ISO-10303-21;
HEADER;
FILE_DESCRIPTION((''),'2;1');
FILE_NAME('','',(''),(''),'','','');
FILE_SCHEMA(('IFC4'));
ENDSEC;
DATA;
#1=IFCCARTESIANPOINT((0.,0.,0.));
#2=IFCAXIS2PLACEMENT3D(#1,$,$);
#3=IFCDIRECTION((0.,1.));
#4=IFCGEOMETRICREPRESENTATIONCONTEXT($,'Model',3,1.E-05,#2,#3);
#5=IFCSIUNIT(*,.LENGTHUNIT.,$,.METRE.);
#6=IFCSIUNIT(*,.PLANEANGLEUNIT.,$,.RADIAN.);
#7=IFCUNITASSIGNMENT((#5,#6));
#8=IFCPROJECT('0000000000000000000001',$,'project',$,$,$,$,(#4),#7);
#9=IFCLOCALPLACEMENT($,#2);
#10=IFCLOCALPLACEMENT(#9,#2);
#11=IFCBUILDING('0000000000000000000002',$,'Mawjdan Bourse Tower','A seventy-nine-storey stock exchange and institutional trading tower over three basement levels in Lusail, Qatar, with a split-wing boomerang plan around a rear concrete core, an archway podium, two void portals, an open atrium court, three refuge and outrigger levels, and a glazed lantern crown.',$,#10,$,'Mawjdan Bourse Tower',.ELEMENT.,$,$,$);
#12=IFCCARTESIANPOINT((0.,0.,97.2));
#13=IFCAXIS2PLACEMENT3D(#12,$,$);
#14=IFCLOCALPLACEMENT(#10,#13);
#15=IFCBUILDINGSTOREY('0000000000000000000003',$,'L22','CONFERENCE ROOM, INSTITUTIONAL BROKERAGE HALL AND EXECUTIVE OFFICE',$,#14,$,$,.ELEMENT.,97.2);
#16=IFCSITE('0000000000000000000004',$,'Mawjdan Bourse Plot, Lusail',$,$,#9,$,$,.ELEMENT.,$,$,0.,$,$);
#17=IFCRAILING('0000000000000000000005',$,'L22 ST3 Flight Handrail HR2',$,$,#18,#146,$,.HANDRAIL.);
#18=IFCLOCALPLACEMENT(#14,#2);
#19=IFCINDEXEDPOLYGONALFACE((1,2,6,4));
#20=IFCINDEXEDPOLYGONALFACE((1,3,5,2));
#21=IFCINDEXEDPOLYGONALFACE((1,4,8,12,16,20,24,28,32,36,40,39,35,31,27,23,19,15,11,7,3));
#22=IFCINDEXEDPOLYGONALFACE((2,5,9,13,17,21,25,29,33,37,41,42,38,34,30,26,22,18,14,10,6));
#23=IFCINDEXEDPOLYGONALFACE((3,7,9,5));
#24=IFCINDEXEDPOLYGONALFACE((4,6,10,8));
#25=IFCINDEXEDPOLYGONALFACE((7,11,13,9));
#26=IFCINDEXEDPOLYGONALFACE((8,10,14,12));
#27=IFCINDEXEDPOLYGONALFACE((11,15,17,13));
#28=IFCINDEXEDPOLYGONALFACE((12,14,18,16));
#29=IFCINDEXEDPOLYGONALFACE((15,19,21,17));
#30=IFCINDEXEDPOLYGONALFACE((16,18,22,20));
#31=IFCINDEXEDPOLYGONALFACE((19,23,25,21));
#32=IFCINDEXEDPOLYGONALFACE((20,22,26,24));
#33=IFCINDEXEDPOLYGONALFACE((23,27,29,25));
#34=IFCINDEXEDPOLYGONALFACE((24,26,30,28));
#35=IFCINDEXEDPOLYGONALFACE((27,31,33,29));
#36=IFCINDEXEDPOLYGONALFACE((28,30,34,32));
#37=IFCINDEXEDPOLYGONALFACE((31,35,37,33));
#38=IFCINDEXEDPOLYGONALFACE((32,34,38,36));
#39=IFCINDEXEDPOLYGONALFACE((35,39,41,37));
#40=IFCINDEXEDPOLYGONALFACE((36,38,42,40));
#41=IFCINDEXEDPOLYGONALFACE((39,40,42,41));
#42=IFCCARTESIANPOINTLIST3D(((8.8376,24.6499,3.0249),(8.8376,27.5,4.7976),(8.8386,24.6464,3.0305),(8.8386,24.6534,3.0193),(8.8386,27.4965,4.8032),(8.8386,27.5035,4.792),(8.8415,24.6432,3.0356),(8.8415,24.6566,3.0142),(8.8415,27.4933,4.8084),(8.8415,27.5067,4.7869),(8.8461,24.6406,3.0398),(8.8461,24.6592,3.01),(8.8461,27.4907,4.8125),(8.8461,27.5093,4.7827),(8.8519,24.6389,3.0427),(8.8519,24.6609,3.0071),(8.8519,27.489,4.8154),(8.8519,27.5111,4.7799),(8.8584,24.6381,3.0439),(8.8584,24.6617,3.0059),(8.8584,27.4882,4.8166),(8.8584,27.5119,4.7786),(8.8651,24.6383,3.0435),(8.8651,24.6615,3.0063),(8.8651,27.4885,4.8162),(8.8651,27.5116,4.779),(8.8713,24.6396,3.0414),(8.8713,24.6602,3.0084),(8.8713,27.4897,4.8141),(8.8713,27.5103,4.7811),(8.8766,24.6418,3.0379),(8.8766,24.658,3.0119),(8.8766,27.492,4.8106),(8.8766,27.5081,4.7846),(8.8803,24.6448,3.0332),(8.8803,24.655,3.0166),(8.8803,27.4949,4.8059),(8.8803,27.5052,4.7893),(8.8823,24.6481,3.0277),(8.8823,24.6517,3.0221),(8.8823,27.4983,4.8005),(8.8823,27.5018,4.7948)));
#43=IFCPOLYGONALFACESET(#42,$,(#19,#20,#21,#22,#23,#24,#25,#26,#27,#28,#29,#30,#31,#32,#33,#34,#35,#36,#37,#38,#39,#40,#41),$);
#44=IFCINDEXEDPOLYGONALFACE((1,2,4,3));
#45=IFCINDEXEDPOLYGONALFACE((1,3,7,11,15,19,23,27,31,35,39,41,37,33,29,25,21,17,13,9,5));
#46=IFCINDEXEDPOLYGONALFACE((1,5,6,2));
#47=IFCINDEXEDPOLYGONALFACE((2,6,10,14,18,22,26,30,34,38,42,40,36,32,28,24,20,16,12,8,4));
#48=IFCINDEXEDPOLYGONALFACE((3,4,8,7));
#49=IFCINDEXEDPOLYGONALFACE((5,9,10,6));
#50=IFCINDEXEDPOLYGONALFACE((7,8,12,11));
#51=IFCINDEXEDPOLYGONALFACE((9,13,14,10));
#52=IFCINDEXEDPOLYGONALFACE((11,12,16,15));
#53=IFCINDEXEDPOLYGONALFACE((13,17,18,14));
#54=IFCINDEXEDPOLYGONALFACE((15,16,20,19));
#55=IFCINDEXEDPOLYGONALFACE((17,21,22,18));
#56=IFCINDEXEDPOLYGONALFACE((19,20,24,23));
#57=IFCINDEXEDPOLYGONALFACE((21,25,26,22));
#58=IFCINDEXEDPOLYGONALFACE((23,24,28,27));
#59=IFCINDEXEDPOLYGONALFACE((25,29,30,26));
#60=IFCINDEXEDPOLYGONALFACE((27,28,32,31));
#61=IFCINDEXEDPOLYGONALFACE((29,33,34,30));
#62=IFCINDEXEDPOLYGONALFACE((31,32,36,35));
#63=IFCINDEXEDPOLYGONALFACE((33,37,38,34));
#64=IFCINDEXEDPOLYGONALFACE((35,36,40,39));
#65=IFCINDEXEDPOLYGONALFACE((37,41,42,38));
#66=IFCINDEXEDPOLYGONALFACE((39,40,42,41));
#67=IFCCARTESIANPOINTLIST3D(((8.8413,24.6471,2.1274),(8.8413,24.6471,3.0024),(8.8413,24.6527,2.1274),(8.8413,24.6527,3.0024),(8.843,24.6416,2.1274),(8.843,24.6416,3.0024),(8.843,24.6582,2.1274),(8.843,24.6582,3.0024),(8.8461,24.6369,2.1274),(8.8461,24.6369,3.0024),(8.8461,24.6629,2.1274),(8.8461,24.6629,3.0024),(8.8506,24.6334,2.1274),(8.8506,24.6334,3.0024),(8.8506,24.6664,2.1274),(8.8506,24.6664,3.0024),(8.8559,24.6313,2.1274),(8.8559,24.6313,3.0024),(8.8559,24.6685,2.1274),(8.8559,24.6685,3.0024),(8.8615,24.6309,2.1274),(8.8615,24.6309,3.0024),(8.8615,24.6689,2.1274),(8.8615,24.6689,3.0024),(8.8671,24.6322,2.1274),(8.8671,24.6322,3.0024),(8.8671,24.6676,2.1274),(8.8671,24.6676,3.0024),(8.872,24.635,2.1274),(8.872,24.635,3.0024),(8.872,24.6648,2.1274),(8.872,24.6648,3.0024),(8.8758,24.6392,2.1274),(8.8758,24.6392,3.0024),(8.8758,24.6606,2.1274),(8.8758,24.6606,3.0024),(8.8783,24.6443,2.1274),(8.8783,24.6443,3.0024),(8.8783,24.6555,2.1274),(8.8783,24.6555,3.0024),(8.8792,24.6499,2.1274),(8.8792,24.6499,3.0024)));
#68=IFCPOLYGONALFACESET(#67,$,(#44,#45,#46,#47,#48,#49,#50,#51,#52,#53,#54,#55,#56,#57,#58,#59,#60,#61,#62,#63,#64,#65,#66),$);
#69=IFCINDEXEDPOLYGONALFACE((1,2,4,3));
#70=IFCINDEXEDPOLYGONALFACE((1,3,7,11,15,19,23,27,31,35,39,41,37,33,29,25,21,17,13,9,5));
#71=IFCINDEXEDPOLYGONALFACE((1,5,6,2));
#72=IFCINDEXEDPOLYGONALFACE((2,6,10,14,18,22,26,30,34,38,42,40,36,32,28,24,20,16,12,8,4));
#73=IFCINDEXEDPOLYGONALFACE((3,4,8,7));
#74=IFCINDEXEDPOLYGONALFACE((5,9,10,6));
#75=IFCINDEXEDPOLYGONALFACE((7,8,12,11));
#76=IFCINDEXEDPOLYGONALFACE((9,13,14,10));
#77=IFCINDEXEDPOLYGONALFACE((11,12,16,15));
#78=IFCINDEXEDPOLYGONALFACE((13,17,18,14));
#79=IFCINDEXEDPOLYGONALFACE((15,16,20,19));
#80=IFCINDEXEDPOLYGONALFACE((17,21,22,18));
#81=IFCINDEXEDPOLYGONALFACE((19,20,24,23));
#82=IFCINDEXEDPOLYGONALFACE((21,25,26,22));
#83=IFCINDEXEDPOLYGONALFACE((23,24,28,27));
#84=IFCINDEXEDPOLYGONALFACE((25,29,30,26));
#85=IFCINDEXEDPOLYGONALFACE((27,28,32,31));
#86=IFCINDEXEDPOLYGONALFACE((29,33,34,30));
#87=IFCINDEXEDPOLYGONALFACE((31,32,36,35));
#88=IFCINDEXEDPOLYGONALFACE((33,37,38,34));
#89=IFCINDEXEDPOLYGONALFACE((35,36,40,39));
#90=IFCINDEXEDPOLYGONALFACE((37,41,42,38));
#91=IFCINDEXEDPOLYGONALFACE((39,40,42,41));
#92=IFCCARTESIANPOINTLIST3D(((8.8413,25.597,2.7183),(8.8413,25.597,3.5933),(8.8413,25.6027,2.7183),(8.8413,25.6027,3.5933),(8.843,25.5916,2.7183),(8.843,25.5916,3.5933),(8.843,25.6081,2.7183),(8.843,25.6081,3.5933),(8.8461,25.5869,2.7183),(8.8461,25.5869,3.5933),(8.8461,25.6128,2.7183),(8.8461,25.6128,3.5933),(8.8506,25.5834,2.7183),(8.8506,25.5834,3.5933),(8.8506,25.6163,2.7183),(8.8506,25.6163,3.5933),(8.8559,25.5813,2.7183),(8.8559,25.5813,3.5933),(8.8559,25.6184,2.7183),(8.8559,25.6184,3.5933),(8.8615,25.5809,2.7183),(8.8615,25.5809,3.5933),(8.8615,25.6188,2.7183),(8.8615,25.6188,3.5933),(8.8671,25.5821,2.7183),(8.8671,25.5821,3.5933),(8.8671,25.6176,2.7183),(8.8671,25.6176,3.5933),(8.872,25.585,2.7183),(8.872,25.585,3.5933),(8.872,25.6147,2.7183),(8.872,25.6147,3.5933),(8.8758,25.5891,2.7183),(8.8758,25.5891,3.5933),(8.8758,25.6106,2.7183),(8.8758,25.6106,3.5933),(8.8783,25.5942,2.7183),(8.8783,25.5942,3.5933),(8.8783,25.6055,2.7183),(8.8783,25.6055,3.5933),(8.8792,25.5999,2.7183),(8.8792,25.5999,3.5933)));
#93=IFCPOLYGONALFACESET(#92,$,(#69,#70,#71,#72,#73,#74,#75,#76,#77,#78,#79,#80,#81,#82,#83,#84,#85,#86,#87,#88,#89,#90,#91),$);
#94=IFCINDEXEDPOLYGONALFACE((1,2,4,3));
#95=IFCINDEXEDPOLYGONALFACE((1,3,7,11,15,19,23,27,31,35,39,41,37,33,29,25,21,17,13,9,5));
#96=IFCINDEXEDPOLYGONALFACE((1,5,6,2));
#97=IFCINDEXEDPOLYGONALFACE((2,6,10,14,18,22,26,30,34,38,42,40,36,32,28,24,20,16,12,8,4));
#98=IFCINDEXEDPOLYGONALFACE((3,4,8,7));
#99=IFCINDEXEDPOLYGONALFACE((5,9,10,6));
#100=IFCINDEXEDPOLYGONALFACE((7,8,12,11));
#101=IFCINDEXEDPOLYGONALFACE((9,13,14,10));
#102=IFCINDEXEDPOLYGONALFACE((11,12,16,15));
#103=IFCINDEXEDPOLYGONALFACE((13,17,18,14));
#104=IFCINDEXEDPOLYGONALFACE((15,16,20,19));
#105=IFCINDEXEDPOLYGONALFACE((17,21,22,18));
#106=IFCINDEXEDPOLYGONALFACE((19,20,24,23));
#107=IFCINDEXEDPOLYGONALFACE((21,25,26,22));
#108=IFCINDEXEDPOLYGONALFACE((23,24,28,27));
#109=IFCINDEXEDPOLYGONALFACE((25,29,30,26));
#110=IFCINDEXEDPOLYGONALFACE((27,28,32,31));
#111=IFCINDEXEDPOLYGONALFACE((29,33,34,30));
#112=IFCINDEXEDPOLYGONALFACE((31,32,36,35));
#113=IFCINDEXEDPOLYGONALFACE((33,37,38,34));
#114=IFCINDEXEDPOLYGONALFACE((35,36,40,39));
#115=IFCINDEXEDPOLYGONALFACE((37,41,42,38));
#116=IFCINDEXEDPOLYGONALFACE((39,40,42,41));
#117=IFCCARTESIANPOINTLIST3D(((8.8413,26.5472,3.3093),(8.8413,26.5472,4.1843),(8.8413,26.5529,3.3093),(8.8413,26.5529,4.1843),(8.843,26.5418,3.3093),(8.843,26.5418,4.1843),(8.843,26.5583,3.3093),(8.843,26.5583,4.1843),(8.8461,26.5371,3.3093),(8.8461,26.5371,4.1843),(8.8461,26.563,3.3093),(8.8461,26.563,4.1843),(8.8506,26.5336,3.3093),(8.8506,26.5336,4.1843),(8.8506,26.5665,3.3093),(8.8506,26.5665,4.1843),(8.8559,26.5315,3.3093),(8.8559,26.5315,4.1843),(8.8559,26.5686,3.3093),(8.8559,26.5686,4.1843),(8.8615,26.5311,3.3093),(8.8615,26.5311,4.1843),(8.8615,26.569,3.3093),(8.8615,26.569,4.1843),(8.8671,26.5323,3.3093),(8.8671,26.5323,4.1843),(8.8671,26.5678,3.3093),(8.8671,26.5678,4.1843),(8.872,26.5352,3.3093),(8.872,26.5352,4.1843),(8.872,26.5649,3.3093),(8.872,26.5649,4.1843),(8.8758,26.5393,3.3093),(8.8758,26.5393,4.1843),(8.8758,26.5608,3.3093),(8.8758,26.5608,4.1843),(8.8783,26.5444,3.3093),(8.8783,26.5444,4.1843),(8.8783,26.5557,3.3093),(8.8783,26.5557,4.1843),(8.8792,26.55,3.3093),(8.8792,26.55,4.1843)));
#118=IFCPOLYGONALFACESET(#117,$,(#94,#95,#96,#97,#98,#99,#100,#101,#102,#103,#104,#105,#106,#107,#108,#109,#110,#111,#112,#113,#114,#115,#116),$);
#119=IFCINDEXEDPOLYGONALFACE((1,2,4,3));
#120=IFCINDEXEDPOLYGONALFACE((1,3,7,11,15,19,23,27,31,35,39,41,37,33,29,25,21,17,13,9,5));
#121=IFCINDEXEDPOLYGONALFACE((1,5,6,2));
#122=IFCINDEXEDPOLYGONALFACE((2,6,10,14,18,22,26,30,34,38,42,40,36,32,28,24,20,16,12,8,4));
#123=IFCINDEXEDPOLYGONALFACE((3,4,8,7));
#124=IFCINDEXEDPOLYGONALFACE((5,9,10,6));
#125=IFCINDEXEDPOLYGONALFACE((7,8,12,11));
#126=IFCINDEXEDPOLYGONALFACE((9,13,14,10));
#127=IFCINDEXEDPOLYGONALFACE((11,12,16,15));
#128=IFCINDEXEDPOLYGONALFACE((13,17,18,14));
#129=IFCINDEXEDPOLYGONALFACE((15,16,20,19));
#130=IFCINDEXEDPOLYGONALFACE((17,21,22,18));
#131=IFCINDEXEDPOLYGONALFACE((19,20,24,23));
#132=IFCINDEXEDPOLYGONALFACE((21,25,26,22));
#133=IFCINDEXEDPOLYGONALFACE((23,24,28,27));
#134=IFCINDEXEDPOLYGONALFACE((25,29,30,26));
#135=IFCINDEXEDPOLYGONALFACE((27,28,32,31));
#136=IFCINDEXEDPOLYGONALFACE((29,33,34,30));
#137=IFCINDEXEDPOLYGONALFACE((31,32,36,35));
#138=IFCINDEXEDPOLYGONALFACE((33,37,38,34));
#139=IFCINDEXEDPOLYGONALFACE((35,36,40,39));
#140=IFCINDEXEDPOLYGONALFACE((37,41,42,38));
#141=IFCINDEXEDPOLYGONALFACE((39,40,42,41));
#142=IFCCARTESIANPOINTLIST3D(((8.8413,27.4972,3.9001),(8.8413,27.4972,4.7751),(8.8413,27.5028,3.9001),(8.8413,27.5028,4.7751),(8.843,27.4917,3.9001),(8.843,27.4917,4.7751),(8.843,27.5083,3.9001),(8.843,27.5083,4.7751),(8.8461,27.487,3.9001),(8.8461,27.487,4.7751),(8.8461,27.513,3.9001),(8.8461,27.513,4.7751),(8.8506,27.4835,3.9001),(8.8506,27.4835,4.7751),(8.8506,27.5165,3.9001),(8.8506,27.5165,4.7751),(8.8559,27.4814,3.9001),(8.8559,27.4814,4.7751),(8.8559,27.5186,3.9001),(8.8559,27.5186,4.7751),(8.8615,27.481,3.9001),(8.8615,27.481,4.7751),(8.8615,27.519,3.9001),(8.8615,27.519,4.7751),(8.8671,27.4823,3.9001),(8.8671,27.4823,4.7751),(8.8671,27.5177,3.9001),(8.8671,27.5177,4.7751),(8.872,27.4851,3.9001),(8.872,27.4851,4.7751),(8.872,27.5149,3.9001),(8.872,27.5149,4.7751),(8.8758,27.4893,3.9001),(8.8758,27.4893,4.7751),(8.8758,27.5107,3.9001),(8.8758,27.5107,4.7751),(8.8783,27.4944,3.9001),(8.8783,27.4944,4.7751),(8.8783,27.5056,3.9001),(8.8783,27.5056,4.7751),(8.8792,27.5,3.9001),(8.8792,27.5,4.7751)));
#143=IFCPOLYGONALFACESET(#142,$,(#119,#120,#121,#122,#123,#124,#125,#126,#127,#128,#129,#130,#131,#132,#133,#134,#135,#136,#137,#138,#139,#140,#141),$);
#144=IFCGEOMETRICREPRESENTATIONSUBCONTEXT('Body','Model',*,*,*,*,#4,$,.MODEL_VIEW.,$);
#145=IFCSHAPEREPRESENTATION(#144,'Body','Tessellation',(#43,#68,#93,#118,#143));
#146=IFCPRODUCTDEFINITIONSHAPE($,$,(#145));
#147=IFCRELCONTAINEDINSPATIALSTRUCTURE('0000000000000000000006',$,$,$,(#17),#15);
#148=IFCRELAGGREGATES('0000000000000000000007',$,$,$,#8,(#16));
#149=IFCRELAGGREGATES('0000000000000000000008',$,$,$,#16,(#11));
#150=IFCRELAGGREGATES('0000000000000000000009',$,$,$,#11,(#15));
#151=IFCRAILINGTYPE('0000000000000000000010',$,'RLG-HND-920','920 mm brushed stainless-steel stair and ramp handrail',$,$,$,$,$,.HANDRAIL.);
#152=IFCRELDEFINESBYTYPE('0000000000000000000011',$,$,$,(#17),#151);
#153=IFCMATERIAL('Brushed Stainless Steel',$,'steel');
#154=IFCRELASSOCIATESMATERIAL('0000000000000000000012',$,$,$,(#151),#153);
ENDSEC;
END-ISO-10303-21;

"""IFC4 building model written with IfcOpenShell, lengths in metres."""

from ifc_helpers import new_model, si_unit, direction, frame, origin, origin_2d, place, context, subcontext, project, spatial, circle, extrude, material, type_object, element, save


model = new_model("IFC4")

# Units and contexts
model_context = context("Model", 3, precision=1e-05, world=origin(), true_north=direction((0.0, 1.0)))
body_context = subcontext(model_context, "Body", "Model", "MODEL_VIEW")
ifc_project = project(units=[si_unit("LENGTHUNIT", "METRE"), si_unit("PLANEANGLEUNIT", "RADIAN")], contexts=[model_context])

# Site, building, storey
site_placement = place(None, origin())
site = spatial("IfcSite", under=ifc_project, at=site_placement, Name="Mawjdan Bourse Plot, Lusail", CompositionType="ELEMENT", RefElevation=0.0)
building_placement = place(site_placement, origin())
building = spatial("IfcBuilding", under=site, at=building_placement, Name="Mawjdan Bourse Tower", Description="A seventy-nine-storey stock exchange and institutional trading tower over three basement levels in Lusail, Qatar, with a split-wing boomerang plan around a rear concrete core, an archway podium, two void portals, an open atrium court, three refuge and outrigger levels, and a glazed lantern crown.", LongName="Mawjdan Bourse Tower", CompositionType="ELEMENT")
storey_placement = place(building_placement, frame((0.0, 0.0, 97.2)))
storey = spatial("IfcBuildingStorey", under=building, at=storey_placement, Name="L22", Description="CONFERENCE ROOM, INSTITUTIONAL BROKERAGE HALL AND EXECUTIVE OFFICE", CompositionType="ELEMENT", Elevation=97.2)

# Railing
ifc_material_1 = material(Name="Brushed Stainless Steel", Category="steel")
railing_type_1 = type_object("IfcRailingType", Name="RLG-HND-920", Description="920 mm brushed stainless-steel stair and ramp handrail", PredefinedType="HANDRAIL", material=ifc_material_1)
railing_1_placement = place(storey_placement, frame((8.8601, 24.6499, 2.1274)))
element("IfcRailing", 1, at=railing_1_placement, inside=storey, type_object=railing_type_1, Name="L22 ST3 Flight Handrail HR2", PredefinedType="HANDRAIL", context=body_context, shape_type="SweptSolid", body=[
    extrude(circle(Radius=0.0225, at=origin_2d()), frame((0.0, 0.0, 0.8975), z_axis=(0.0, 0.849149, 0.528154), x_axis=(-1.0, 0.0, 0.0)), (0.0, 0.0, 1.0), 3.3564),
    extrude(circle(Radius=0.019, at=origin_2d()), origin(), (0.0, 0.0, 1.0), 0.875),
    extrude(circle(Radius=0.019, at=origin_2d()), frame((0.0, 0.95, 0.5908)), (0.0, 0.0, 1.0), 0.875),
    extrude(circle(Radius=0.019, at=origin_2d()), frame((0.0, 1.9001, 1.1819)), (0.0, 0.0, 1.0), 0.875),
    extrude(circle(Radius=0.019, at=origin_2d()), frame((0.0, 2.8501, 1.7727)), (0.0, 0.0, 1.0), 0.875),
])

save(model, "model.ifc")
